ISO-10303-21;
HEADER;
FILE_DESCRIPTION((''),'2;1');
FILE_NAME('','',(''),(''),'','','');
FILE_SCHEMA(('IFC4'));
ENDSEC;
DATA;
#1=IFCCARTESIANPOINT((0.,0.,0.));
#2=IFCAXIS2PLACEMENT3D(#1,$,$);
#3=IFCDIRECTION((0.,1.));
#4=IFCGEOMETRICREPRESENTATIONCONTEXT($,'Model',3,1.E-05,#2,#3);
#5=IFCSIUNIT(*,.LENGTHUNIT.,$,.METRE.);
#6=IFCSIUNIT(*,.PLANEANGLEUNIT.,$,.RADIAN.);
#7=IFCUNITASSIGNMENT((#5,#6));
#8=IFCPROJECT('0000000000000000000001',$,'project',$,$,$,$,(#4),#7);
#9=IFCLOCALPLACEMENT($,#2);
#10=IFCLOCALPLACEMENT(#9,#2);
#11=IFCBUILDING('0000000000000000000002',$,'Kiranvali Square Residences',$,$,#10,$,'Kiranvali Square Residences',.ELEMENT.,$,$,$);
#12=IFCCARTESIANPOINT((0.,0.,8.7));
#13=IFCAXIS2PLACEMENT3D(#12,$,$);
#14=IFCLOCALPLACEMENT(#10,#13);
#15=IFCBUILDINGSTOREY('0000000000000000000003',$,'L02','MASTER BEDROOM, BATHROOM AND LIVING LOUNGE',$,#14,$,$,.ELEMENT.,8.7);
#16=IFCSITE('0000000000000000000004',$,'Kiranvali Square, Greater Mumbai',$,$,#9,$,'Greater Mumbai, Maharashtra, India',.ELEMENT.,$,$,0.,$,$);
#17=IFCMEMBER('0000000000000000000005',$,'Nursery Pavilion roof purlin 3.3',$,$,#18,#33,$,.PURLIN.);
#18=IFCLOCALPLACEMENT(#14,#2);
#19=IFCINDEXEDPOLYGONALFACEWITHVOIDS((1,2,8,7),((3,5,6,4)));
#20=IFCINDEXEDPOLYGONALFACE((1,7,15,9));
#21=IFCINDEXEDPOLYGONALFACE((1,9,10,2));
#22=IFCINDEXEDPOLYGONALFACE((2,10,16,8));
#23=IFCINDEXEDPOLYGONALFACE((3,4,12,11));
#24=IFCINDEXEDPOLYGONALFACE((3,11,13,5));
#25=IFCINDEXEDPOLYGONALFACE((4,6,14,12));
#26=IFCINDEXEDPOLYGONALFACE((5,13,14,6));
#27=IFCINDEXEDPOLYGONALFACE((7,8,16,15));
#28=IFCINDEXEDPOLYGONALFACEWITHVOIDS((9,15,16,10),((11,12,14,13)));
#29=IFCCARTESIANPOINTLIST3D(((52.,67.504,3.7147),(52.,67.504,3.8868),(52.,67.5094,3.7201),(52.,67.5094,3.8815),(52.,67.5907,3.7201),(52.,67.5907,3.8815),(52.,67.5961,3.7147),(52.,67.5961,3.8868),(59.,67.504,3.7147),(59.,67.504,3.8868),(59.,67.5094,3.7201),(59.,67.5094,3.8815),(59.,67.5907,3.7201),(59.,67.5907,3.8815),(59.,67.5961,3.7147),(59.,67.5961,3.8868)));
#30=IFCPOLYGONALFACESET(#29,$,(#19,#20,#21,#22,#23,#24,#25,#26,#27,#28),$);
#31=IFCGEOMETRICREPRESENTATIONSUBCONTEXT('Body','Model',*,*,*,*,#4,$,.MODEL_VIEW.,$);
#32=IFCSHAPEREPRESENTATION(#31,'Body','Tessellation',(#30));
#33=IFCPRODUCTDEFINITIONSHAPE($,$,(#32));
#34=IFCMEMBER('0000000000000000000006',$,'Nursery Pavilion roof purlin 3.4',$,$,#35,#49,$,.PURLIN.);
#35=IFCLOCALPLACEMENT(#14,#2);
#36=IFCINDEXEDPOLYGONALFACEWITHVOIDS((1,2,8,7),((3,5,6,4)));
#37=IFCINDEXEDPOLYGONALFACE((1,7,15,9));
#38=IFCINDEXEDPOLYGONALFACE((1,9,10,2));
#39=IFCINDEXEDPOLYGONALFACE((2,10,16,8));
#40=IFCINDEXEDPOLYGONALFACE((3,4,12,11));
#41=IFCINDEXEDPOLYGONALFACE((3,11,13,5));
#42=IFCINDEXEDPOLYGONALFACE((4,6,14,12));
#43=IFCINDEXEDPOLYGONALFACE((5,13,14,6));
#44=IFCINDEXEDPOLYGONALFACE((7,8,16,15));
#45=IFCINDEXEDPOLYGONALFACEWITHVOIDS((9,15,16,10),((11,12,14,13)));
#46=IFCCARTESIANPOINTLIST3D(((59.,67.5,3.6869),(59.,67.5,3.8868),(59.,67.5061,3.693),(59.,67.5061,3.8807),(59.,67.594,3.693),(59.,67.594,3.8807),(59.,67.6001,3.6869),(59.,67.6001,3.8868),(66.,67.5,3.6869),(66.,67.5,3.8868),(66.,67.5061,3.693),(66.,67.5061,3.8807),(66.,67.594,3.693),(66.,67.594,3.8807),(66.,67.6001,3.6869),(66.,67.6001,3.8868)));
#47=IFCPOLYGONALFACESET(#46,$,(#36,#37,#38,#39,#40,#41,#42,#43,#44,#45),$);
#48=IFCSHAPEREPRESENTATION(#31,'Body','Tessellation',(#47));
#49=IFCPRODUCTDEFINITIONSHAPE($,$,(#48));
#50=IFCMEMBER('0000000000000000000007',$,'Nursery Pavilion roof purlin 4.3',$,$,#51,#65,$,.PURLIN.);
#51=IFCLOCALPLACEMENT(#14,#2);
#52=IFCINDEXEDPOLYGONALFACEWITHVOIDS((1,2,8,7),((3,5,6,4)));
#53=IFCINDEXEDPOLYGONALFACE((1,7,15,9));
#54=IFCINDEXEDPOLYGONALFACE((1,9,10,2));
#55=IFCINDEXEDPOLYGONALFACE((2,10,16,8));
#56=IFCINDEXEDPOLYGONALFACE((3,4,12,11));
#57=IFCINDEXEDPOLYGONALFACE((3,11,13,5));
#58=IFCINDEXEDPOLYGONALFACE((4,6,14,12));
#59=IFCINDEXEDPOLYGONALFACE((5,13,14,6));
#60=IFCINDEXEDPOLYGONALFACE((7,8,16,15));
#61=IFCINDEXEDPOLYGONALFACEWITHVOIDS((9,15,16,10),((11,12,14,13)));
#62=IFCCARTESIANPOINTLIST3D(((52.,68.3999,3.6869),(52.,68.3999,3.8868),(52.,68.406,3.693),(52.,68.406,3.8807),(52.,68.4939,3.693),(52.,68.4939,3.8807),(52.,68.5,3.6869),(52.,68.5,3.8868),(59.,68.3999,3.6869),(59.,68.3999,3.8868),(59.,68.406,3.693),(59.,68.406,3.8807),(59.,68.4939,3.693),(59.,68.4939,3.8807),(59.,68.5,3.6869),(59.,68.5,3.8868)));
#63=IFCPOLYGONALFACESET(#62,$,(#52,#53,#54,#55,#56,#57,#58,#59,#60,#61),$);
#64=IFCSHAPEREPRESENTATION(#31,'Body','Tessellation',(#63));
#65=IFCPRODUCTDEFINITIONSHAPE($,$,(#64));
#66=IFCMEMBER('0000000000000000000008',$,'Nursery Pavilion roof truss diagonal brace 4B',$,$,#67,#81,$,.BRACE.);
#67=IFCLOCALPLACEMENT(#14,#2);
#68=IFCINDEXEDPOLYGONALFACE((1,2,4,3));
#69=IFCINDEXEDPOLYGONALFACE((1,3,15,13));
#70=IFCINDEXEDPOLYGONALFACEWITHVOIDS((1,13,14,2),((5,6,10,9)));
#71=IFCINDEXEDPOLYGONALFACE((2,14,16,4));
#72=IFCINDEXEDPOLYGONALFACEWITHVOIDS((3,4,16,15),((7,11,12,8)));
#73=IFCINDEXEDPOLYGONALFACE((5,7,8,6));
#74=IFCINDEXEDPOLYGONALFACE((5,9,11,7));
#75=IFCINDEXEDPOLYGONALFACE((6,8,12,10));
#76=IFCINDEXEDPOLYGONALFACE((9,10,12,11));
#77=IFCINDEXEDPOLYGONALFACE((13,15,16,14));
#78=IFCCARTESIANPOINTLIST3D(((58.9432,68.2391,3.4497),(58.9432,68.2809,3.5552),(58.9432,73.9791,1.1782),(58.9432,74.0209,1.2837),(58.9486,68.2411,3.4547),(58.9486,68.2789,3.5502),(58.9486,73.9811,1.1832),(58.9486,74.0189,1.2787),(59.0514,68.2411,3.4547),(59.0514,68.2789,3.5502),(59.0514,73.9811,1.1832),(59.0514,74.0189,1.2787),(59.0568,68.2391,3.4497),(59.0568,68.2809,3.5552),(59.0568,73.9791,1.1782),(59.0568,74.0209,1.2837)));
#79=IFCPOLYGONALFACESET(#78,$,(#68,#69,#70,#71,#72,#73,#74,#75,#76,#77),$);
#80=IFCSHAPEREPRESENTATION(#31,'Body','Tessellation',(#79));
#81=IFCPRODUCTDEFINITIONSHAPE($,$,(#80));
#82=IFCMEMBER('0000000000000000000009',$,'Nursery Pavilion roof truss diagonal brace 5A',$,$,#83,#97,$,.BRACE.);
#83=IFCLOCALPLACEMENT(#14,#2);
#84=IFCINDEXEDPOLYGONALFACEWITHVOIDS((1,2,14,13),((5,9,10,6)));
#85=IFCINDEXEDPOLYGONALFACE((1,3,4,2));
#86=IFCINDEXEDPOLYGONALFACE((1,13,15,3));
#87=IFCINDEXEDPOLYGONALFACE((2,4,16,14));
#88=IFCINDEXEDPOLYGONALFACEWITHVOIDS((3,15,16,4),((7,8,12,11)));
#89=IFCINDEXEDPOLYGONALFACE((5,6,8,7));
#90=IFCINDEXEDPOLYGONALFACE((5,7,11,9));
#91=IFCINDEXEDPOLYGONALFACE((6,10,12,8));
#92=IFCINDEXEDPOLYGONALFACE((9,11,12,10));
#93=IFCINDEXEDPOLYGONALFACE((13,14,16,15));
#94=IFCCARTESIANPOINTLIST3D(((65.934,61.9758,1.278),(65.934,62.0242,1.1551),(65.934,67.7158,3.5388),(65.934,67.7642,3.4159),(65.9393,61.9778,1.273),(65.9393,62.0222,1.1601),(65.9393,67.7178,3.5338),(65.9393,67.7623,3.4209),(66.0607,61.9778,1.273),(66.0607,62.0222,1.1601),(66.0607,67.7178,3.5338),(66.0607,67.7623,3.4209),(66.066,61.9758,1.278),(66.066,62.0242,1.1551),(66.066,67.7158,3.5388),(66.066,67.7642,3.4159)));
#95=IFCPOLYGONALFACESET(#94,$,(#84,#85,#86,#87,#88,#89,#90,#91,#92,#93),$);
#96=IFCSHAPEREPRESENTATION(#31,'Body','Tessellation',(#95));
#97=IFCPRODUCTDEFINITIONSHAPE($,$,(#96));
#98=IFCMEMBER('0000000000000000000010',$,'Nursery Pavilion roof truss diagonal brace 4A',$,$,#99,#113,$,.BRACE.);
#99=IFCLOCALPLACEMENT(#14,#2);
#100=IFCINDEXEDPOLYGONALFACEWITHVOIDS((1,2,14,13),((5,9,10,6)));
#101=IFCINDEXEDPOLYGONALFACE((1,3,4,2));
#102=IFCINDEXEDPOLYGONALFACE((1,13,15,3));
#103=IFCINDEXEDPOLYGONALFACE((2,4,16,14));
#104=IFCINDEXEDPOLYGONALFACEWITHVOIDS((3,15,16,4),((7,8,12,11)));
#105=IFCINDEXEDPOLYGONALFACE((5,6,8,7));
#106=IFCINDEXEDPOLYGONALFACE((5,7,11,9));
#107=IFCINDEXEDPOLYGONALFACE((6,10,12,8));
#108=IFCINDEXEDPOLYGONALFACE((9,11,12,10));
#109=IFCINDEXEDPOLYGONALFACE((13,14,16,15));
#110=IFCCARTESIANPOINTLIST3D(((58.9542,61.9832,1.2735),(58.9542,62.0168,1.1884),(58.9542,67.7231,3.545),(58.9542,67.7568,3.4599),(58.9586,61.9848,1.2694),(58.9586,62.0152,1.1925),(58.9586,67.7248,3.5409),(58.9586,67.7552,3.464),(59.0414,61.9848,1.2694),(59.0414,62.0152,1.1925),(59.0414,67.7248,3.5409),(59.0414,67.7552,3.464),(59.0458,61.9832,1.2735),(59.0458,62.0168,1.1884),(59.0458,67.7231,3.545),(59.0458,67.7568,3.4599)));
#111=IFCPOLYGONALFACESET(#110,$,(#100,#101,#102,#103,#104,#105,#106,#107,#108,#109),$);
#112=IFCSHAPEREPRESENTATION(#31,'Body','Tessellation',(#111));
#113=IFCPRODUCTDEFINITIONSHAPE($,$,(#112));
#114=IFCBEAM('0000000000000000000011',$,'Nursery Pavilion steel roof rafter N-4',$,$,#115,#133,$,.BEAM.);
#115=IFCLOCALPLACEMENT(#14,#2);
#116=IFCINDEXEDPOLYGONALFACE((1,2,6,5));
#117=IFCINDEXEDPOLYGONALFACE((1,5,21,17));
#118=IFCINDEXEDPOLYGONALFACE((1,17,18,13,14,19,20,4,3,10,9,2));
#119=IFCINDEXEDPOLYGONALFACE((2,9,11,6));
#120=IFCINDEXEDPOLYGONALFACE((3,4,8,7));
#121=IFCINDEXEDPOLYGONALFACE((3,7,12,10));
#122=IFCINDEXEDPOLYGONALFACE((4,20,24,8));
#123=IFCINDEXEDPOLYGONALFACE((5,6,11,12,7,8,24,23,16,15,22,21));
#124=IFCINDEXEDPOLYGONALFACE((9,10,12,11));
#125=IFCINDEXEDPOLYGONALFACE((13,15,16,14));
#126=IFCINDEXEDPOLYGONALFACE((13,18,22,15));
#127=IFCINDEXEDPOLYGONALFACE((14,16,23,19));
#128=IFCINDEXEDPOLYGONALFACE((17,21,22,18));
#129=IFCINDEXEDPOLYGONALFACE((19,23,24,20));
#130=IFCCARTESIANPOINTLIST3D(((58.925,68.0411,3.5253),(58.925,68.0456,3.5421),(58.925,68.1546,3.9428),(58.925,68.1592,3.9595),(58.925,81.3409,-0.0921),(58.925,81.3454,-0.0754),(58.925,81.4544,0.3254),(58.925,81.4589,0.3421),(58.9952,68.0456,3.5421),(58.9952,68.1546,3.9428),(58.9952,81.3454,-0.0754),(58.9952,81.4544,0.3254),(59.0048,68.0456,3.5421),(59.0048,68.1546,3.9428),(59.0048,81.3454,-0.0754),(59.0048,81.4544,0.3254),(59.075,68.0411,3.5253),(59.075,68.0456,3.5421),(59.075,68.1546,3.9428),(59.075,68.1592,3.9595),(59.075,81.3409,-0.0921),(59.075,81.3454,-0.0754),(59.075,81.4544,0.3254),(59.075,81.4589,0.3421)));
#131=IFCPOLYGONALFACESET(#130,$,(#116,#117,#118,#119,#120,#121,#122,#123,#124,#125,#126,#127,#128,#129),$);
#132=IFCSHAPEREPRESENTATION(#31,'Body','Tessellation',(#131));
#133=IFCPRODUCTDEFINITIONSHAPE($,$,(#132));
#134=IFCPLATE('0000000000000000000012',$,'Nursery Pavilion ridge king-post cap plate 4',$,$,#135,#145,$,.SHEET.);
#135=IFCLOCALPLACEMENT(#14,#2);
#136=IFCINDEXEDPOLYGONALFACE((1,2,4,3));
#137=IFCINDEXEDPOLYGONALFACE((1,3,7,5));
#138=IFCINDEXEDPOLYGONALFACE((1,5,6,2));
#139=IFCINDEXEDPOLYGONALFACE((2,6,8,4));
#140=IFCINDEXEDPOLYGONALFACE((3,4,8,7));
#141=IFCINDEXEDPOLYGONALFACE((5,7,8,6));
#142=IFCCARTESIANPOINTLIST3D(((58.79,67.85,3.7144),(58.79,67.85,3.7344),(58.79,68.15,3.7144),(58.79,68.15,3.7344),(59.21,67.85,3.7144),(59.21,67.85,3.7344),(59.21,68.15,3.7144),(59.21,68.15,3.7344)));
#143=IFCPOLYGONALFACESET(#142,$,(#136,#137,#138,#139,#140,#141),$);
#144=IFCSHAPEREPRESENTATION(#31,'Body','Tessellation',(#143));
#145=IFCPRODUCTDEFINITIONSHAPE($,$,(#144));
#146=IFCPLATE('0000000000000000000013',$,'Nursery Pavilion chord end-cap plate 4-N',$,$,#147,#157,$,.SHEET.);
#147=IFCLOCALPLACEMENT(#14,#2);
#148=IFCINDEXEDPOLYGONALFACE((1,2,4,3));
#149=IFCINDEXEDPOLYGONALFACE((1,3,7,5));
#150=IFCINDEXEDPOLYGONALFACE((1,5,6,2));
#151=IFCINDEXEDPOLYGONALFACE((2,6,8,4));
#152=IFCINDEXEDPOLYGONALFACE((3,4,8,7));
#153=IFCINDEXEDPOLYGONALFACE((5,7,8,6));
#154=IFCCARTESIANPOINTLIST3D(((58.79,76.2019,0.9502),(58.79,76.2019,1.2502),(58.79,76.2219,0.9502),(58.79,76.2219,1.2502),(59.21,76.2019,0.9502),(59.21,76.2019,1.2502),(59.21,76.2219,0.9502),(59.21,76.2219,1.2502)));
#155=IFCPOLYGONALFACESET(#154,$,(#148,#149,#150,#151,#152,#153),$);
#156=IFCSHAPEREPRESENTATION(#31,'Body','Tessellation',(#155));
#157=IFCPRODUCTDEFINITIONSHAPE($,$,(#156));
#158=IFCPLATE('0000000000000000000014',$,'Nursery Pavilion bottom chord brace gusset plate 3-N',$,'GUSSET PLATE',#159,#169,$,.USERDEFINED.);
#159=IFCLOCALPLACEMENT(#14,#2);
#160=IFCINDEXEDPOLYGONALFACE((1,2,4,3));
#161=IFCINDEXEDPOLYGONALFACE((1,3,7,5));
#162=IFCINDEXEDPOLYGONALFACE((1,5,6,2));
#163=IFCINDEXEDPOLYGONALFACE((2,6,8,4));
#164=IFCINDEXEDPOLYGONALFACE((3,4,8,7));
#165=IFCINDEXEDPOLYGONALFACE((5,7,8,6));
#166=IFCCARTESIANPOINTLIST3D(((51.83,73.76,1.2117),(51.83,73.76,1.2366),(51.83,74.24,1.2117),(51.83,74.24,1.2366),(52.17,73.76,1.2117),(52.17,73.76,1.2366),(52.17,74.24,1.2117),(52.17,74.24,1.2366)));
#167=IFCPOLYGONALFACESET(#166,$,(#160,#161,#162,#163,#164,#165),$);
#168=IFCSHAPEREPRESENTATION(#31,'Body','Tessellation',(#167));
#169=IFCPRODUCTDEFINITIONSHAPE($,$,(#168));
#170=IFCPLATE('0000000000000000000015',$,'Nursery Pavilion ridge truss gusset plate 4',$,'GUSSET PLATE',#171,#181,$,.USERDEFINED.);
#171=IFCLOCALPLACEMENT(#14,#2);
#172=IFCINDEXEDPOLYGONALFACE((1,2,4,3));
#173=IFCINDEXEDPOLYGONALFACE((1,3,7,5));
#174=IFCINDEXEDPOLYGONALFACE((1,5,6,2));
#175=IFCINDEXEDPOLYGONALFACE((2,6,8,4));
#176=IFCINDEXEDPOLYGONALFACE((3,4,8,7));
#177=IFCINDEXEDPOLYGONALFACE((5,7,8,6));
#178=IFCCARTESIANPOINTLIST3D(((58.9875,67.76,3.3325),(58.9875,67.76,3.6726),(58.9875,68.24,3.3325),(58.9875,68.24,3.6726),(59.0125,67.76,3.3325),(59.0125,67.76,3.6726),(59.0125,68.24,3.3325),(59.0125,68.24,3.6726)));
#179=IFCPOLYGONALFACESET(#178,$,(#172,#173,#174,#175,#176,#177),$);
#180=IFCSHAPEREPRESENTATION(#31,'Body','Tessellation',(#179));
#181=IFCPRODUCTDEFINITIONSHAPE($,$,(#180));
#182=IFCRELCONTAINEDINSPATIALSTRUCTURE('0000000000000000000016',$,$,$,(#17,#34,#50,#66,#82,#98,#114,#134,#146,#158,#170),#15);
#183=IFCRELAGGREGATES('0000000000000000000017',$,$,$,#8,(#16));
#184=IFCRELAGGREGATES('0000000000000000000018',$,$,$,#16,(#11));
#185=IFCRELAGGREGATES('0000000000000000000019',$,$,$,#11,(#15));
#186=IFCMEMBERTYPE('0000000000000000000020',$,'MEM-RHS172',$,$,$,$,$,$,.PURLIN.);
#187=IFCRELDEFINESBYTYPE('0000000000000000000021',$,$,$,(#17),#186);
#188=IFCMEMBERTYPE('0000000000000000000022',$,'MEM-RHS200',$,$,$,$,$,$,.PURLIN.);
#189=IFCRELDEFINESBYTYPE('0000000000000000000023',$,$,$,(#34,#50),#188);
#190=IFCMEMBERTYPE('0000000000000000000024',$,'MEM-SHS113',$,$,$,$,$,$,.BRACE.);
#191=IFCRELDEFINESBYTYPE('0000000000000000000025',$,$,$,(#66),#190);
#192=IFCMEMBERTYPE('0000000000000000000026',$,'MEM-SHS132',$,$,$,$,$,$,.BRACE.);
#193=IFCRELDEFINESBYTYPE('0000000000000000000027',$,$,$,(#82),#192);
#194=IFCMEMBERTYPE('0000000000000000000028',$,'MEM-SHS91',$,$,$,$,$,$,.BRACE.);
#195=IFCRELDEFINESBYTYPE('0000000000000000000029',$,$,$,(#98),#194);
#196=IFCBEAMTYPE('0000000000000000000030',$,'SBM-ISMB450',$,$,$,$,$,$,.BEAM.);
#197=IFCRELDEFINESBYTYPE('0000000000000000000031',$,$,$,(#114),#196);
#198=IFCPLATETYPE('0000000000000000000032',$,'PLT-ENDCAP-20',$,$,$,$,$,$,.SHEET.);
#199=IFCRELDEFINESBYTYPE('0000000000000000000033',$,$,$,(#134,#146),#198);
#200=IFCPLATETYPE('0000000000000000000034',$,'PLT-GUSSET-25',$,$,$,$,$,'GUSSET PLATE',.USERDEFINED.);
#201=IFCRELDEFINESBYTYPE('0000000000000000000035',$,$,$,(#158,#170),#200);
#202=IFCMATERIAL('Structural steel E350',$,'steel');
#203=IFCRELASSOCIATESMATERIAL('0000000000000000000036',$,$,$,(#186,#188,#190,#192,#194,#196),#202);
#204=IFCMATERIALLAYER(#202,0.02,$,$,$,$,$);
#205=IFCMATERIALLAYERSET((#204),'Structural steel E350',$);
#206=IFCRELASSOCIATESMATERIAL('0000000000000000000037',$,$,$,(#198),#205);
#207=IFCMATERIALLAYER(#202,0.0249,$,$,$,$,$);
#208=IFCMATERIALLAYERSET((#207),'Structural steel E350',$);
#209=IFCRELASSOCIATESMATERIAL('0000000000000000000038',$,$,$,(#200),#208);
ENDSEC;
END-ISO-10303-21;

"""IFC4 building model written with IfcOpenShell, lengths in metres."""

from ifc_helpers import new_model, si_unit, direction, frame, origin, origin_2d, place, context, subcontext, project, spatial, rectangle, hollow_rectangle, i_section, extrude, material, layer, layer_set, material_profile, profile_set, type_object, element, save


model = new_model("IFC4")

# Units and contexts
model_context = context("Model", 3, precision=1e-05, world=origin(), true_north=direction((0.0, 1.0)))
body_context = subcontext(model_context, "Body", "Model", "MODEL_VIEW")
ifc_project = project(units=[si_unit("LENGTHUNIT", "METRE"), si_unit("PLANEANGLEUNIT", "RADIAN")], contexts=[model_context])

# Site, building, storey
site_placement = place(None, origin())
site = spatial("IfcSite", under=ifc_project, at=site_placement, Name="Kiranvali Square, Greater Mumbai", LongName="Greater Mumbai, Maharashtra, India", CompositionType="ELEMENT", RefElevation=0.0)
building_placement = place(site_placement, origin())
building = spatial("IfcBuilding", under=site, at=building_placement, Name="Kiranvali Square Residences", LongName="Kiranvali Square Residences", CompositionType="ELEMENT")
storey_placement = place(building_placement, frame((0.0, 0.0, 8.7)))
storey = spatial("IfcBuildingStorey", under=building, at=storey_placement, Name="L02", Description="MASTER BEDROOM, BATHROOM AND LIVING LOUNGE", CompositionType="ELEMENT", Elevation=8.7)

# Shared definitions
ifc_material = material(Name="Structural steel E350", Category="steel")

# Members
ifc_material_profile_1 = material_profile(ifc_material, hollow_rectangle(XDim=0.092, YDim=0.1721, WallThickness=0.0054, at=origin_2d()), Name="RHS 172x92x5.4")
ifc_profile_set_1 = profile_set([ifc_material_profile_1], Name="Structural steel E350")
member_type_1 = type_object("IfcMemberType", Name="MEM-RHS172", PredefinedType="PURLIN", material=ifc_profile_set_1)
for number, where, z_axis, x_axis, name in (
    (1, (52.0, 67.55, 3.8008), (1.0, 0.0, 0.0), (0.0, 1.0, 0.0), "Nursery Pavilion roof purlin 3.3"),
):
    element("IfcMember", number, at=place(storey_placement, frame(where, z_axis=z_axis, x_axis=x_axis)), inside=storey, type_object=member_type_1, Name=name, PredefinedType="PURLIN", context=body_context, shape_type="SweptSolid", body=[
        extrude(hollow_rectangle(XDim=0.092, YDim=0.1721, WallThickness=0.0054, at=origin_2d()), origin(), (0.0, 0.0, 1.0), 7.0),
    ])
ifc_material_profile_2 = material_profile(ifc_material, hollow_rectangle(XDim=0.1001, YDim=0.2, WallThickness=0.0061, at=origin_2d()), Name="RHS 200x100x6.0")
ifc_profile_set_2 = profile_set([ifc_material_profile_2], Name="Structural steel E350")
member_type_2 = type_object("IfcMemberType", Name="MEM-RHS200", PredefinedType="PURLIN", material=ifc_profile_set_2)
for number, where, z_axis, x_axis, name in (
    (2, (59.0, 67.55, 3.7869), (1.0, 0.0, 0.0), (0.0, 1.0, 0.0), "Nursery Pavilion roof purlin 3.4"),
    (3, (52.0, 68.45, 3.7869), (1.0, 0.0, 0.0), (0.0, 1.0, 0.0), "Nursery Pavilion roof purlin 4.3"),
):
    element("IfcMember", number, at=place(storey_placement, frame(where, z_axis=z_axis, x_axis=x_axis)), inside=storey, type_object=member_type_2, Name=name, PredefinedType="PURLIN", context=body_context, shape_type="SweptSolid", body=[
        extrude(hollow_rectangle(XDim=0.1001, YDim=0.2, WallThickness=0.0061, at=origin_2d()), origin(), (0.0, 0.0, 1.0), 7.0),
    ])
ifc_material_profile_3 = material_profile(ifc_material, hollow_rectangle(XDim=0.1135, YDim=0.1135, WallThickness=0.0054, at=origin_2d()), Name="SHS 113.5x113.5x5.4")
ifc_profile_set_3 = profile_set([ifc_material_profile_3], Name="Structural steel E350")
member_type_3 = type_object("IfcMemberType", Name="MEM-SHS113", PredefinedType="BRACE", material=ifc_profile_set_3)
member_1_placement = place(storey_placement, frame((59.0, 74.0, 1.231), z_axis=(0.0, -0.92984, 0.367965), x_axis=(1.0, 0.0, 0.0)))
element("IfcMember", 4, at=member_1_placement, inside=storey, type_object=member_type_3, Name="Nursery Pavilion roof truss diagonal brace 4B", PredefinedType="BRACE", context=body_context, shape_type="SweptSolid", body=[
    extrude(hollow_rectangle(XDim=0.1135, YDim=0.1135, WallThickness=0.0054, at=origin_2d()), origin(), (0.0, 0.0, 1.0), 6.1731),
])
ifc_material_profile_4 = material_profile(ifc_material, hollow_rectangle(XDim=0.1321, YDim=0.1321, WallThickness=0.0054, at=origin_2d()), Name="SHS 132x132x5.4")
ifc_profile_set_4 = profile_set([ifc_material_profile_4], Name="Structural steel E350")
member_type_4 = type_object("IfcMemberType", Name="MEM-SHS132", PredefinedType="BRACE", material=ifc_profile_set_4)
member_2_placement = place(storey_placement, frame((66.0, 62.0, 1.2166), z_axis=(0.0, 0.930434, 0.366459), x_axis=(-1.0, 0.0, 0.0)))
element("IfcMember", 5, at=member_2_placement, inside=storey, type_object=member_type_4, Name="Nursery Pavilion roof truss diagonal brace 5A", PredefinedType="BRACE", context=body_context, shape_type="SweptSolid", body=[
    extrude(hollow_rectangle(XDim=0.1321, YDim=0.1321, WallThickness=0.0054, at=origin_2d()), origin(), (0.0, 0.0, 1.0), 6.1692),
])
ifc_material_profile_5 = material_profile(ifc_material, hollow_rectangle(XDim=0.0916, YDim=0.0916, WallThickness=0.0044, at=origin_2d()), Name="SHS 91.5x91.5x4.5")
ifc_profile_set_5 = profile_set([ifc_material_profile_5], Name="Structural steel E350")
member_type_5 = type_object("IfcMemberType", Name="MEM-SHS91", PredefinedType="BRACE", material=ifc_profile_set_5)
member_3_placement = place(storey_placement, frame((59.0, 62.0, 1.231), z_axis=(0.0, 0.92984, 0.367965), x_axis=(-1.0, 0.0, 0.0)))
element("IfcMember", 6, at=member_3_placement, inside=storey, type_object=member_type_5, Name="Nursery Pavilion roof truss diagonal brace 4A", PredefinedType="BRACE", context=body_context, shape_type="SweptSolid", body=[
    extrude(hollow_rectangle(XDim=0.0916, YDim=0.0916, WallThickness=0.0044, at=origin_2d()), origin(), (0.0, 0.0, 1.0), 6.1731),
])

# Beam
ifc_material_profile_6 = material_profile(ifc_material, i_section(OverallWidth=0.1499, OverallDepth=0.45, WebThickness=0.0095, FlangeThickness=0.0173, at=origin_2d()), Name="ISMB 450")
ifc_profile_set_6 = profile_set([ifc_material_profile_6], Name="Structural steel E350")
beam_type = type_object("IfcBeamType", Name="SBM-ISMB450", PredefinedType="BEAM", material=ifc_profile_set_6)
beam_placement = place(storey_placement, frame((59.0, 81.3999, 0.125), z_axis=(0.0, -0.964944, 0.262456), x_axis=(1.0, 0.0, 0.0)))
element("IfcBeam", 7, at=beam_placement, inside=storey, type_object=beam_type, Name="Nursery Pavilion steel roof rafter N-4", PredefinedType="BEAM", context=body_context, shape_type="SweptSolid", body=[
    extrude(i_section(OverallWidth=0.1499, OverallDepth=0.45, WebThickness=0.0095, FlangeThickness=0.0173, at=origin_2d()), origin(), (0.0, 0.0, 1.0), 13.783),
])

# Plates
ifc_layer_1 = layer(ifc_material, 0.02)
ifc_layer_set_1 = layer_set([ifc_layer_1], Name="Structural steel E350")
plate_type_1 = type_object("IfcPlateType", Name="PLT-ENDCAP-20", PredefinedType="SHEET", material=ifc_layer_set_1)
plate_1_placement = place(storey_placement, frame((59.0, 68.0, 3.7144), z_axis=(0.0, 0.0, 1.0), x_axis=(1.0, 0.0, 0.0)))
element("IfcPlate", 8, at=plate_1_placement, inside=storey, type_object=plate_type_1, Name="Nursery Pavilion ridge king-post cap plate 4", PredefinedType="SHEET", context=body_context, shape_type="SweptSolid", body=[
    extrude(rectangle(XDim=0.4199, YDim=0.3, at=origin_2d()), origin(), (0.0, 0.0, 1.0), 0.02),
])
plate_2_placement = place(storey_placement, frame((59.0, 76.2119, 0.9502), z_axis=(0.0, 0.0, 1.0), x_axis=(1.0, 0.0, 0.0)))
element("IfcPlate", 9, at=plate_2_placement, inside=storey, type_object=plate_type_1, Name="Nursery Pavilion chord end-cap plate 4-N", PredefinedType="SHEET", context=body_context, shape_type="SweptSolid", body=[
    extrude(rectangle(XDim=0.4199, YDim=0.02, at=origin_2d()), origin(), (0.0, 0.0, 1.0), 0.3),
])
ifc_layer_2 = layer(ifc_material, 0.0249)
ifc_layer_set_2 = layer_set([ifc_layer_2], Name="Structural steel E350")
plate_type_2 = type_object("IfcPlateType", Name="PLT-GUSSET-25", ElementType="GUSSET PLATE", PredefinedType="USERDEFINED", material=ifc_layer_set_2)
plate_3_placement = place(storey_placement, frame((52.0, 74.0, 1.2117), z_axis=(0.0, 0.0, 1.0), x_axis=(1.0, 0.0, 0.0)))
element("IfcPlate", 10, at=plate_3_placement, inside=storey, type_object=plate_type_2, Name="Nursery Pavilion bottom chord brace gusset plate 3-N", ObjectType="GUSSET PLATE", PredefinedType="USERDEFINED", context=body_context, shape_type="SweptSolid", body=[
    extrude(rectangle(XDim=0.3401, YDim=0.48, at=origin_2d()), origin(), (0.0, 0.0, 1.0), 0.0249),
])
plate_4_placement = place(storey_placement, frame((59.0, 68.0, 3.3325), z_axis=(0.0, 0.0, 1.0), x_axis=(1.0, 0.0, 0.0)))
element("IfcPlate", 11, at=plate_4_placement, inside=storey, type_object=plate_type_2, Name="Nursery Pavilion ridge truss gusset plate 4", ObjectType="GUSSET PLATE", PredefinedType="USERDEFINED", context=body_context, shape_type="SweptSolid", body=[
    extrude(rectangle(XDim=0.0249, YDim=0.48, at=origin_2d()), origin(), (0.0, 0.0, 1.0), 0.3401),
])

save(model, "model.ifc")
